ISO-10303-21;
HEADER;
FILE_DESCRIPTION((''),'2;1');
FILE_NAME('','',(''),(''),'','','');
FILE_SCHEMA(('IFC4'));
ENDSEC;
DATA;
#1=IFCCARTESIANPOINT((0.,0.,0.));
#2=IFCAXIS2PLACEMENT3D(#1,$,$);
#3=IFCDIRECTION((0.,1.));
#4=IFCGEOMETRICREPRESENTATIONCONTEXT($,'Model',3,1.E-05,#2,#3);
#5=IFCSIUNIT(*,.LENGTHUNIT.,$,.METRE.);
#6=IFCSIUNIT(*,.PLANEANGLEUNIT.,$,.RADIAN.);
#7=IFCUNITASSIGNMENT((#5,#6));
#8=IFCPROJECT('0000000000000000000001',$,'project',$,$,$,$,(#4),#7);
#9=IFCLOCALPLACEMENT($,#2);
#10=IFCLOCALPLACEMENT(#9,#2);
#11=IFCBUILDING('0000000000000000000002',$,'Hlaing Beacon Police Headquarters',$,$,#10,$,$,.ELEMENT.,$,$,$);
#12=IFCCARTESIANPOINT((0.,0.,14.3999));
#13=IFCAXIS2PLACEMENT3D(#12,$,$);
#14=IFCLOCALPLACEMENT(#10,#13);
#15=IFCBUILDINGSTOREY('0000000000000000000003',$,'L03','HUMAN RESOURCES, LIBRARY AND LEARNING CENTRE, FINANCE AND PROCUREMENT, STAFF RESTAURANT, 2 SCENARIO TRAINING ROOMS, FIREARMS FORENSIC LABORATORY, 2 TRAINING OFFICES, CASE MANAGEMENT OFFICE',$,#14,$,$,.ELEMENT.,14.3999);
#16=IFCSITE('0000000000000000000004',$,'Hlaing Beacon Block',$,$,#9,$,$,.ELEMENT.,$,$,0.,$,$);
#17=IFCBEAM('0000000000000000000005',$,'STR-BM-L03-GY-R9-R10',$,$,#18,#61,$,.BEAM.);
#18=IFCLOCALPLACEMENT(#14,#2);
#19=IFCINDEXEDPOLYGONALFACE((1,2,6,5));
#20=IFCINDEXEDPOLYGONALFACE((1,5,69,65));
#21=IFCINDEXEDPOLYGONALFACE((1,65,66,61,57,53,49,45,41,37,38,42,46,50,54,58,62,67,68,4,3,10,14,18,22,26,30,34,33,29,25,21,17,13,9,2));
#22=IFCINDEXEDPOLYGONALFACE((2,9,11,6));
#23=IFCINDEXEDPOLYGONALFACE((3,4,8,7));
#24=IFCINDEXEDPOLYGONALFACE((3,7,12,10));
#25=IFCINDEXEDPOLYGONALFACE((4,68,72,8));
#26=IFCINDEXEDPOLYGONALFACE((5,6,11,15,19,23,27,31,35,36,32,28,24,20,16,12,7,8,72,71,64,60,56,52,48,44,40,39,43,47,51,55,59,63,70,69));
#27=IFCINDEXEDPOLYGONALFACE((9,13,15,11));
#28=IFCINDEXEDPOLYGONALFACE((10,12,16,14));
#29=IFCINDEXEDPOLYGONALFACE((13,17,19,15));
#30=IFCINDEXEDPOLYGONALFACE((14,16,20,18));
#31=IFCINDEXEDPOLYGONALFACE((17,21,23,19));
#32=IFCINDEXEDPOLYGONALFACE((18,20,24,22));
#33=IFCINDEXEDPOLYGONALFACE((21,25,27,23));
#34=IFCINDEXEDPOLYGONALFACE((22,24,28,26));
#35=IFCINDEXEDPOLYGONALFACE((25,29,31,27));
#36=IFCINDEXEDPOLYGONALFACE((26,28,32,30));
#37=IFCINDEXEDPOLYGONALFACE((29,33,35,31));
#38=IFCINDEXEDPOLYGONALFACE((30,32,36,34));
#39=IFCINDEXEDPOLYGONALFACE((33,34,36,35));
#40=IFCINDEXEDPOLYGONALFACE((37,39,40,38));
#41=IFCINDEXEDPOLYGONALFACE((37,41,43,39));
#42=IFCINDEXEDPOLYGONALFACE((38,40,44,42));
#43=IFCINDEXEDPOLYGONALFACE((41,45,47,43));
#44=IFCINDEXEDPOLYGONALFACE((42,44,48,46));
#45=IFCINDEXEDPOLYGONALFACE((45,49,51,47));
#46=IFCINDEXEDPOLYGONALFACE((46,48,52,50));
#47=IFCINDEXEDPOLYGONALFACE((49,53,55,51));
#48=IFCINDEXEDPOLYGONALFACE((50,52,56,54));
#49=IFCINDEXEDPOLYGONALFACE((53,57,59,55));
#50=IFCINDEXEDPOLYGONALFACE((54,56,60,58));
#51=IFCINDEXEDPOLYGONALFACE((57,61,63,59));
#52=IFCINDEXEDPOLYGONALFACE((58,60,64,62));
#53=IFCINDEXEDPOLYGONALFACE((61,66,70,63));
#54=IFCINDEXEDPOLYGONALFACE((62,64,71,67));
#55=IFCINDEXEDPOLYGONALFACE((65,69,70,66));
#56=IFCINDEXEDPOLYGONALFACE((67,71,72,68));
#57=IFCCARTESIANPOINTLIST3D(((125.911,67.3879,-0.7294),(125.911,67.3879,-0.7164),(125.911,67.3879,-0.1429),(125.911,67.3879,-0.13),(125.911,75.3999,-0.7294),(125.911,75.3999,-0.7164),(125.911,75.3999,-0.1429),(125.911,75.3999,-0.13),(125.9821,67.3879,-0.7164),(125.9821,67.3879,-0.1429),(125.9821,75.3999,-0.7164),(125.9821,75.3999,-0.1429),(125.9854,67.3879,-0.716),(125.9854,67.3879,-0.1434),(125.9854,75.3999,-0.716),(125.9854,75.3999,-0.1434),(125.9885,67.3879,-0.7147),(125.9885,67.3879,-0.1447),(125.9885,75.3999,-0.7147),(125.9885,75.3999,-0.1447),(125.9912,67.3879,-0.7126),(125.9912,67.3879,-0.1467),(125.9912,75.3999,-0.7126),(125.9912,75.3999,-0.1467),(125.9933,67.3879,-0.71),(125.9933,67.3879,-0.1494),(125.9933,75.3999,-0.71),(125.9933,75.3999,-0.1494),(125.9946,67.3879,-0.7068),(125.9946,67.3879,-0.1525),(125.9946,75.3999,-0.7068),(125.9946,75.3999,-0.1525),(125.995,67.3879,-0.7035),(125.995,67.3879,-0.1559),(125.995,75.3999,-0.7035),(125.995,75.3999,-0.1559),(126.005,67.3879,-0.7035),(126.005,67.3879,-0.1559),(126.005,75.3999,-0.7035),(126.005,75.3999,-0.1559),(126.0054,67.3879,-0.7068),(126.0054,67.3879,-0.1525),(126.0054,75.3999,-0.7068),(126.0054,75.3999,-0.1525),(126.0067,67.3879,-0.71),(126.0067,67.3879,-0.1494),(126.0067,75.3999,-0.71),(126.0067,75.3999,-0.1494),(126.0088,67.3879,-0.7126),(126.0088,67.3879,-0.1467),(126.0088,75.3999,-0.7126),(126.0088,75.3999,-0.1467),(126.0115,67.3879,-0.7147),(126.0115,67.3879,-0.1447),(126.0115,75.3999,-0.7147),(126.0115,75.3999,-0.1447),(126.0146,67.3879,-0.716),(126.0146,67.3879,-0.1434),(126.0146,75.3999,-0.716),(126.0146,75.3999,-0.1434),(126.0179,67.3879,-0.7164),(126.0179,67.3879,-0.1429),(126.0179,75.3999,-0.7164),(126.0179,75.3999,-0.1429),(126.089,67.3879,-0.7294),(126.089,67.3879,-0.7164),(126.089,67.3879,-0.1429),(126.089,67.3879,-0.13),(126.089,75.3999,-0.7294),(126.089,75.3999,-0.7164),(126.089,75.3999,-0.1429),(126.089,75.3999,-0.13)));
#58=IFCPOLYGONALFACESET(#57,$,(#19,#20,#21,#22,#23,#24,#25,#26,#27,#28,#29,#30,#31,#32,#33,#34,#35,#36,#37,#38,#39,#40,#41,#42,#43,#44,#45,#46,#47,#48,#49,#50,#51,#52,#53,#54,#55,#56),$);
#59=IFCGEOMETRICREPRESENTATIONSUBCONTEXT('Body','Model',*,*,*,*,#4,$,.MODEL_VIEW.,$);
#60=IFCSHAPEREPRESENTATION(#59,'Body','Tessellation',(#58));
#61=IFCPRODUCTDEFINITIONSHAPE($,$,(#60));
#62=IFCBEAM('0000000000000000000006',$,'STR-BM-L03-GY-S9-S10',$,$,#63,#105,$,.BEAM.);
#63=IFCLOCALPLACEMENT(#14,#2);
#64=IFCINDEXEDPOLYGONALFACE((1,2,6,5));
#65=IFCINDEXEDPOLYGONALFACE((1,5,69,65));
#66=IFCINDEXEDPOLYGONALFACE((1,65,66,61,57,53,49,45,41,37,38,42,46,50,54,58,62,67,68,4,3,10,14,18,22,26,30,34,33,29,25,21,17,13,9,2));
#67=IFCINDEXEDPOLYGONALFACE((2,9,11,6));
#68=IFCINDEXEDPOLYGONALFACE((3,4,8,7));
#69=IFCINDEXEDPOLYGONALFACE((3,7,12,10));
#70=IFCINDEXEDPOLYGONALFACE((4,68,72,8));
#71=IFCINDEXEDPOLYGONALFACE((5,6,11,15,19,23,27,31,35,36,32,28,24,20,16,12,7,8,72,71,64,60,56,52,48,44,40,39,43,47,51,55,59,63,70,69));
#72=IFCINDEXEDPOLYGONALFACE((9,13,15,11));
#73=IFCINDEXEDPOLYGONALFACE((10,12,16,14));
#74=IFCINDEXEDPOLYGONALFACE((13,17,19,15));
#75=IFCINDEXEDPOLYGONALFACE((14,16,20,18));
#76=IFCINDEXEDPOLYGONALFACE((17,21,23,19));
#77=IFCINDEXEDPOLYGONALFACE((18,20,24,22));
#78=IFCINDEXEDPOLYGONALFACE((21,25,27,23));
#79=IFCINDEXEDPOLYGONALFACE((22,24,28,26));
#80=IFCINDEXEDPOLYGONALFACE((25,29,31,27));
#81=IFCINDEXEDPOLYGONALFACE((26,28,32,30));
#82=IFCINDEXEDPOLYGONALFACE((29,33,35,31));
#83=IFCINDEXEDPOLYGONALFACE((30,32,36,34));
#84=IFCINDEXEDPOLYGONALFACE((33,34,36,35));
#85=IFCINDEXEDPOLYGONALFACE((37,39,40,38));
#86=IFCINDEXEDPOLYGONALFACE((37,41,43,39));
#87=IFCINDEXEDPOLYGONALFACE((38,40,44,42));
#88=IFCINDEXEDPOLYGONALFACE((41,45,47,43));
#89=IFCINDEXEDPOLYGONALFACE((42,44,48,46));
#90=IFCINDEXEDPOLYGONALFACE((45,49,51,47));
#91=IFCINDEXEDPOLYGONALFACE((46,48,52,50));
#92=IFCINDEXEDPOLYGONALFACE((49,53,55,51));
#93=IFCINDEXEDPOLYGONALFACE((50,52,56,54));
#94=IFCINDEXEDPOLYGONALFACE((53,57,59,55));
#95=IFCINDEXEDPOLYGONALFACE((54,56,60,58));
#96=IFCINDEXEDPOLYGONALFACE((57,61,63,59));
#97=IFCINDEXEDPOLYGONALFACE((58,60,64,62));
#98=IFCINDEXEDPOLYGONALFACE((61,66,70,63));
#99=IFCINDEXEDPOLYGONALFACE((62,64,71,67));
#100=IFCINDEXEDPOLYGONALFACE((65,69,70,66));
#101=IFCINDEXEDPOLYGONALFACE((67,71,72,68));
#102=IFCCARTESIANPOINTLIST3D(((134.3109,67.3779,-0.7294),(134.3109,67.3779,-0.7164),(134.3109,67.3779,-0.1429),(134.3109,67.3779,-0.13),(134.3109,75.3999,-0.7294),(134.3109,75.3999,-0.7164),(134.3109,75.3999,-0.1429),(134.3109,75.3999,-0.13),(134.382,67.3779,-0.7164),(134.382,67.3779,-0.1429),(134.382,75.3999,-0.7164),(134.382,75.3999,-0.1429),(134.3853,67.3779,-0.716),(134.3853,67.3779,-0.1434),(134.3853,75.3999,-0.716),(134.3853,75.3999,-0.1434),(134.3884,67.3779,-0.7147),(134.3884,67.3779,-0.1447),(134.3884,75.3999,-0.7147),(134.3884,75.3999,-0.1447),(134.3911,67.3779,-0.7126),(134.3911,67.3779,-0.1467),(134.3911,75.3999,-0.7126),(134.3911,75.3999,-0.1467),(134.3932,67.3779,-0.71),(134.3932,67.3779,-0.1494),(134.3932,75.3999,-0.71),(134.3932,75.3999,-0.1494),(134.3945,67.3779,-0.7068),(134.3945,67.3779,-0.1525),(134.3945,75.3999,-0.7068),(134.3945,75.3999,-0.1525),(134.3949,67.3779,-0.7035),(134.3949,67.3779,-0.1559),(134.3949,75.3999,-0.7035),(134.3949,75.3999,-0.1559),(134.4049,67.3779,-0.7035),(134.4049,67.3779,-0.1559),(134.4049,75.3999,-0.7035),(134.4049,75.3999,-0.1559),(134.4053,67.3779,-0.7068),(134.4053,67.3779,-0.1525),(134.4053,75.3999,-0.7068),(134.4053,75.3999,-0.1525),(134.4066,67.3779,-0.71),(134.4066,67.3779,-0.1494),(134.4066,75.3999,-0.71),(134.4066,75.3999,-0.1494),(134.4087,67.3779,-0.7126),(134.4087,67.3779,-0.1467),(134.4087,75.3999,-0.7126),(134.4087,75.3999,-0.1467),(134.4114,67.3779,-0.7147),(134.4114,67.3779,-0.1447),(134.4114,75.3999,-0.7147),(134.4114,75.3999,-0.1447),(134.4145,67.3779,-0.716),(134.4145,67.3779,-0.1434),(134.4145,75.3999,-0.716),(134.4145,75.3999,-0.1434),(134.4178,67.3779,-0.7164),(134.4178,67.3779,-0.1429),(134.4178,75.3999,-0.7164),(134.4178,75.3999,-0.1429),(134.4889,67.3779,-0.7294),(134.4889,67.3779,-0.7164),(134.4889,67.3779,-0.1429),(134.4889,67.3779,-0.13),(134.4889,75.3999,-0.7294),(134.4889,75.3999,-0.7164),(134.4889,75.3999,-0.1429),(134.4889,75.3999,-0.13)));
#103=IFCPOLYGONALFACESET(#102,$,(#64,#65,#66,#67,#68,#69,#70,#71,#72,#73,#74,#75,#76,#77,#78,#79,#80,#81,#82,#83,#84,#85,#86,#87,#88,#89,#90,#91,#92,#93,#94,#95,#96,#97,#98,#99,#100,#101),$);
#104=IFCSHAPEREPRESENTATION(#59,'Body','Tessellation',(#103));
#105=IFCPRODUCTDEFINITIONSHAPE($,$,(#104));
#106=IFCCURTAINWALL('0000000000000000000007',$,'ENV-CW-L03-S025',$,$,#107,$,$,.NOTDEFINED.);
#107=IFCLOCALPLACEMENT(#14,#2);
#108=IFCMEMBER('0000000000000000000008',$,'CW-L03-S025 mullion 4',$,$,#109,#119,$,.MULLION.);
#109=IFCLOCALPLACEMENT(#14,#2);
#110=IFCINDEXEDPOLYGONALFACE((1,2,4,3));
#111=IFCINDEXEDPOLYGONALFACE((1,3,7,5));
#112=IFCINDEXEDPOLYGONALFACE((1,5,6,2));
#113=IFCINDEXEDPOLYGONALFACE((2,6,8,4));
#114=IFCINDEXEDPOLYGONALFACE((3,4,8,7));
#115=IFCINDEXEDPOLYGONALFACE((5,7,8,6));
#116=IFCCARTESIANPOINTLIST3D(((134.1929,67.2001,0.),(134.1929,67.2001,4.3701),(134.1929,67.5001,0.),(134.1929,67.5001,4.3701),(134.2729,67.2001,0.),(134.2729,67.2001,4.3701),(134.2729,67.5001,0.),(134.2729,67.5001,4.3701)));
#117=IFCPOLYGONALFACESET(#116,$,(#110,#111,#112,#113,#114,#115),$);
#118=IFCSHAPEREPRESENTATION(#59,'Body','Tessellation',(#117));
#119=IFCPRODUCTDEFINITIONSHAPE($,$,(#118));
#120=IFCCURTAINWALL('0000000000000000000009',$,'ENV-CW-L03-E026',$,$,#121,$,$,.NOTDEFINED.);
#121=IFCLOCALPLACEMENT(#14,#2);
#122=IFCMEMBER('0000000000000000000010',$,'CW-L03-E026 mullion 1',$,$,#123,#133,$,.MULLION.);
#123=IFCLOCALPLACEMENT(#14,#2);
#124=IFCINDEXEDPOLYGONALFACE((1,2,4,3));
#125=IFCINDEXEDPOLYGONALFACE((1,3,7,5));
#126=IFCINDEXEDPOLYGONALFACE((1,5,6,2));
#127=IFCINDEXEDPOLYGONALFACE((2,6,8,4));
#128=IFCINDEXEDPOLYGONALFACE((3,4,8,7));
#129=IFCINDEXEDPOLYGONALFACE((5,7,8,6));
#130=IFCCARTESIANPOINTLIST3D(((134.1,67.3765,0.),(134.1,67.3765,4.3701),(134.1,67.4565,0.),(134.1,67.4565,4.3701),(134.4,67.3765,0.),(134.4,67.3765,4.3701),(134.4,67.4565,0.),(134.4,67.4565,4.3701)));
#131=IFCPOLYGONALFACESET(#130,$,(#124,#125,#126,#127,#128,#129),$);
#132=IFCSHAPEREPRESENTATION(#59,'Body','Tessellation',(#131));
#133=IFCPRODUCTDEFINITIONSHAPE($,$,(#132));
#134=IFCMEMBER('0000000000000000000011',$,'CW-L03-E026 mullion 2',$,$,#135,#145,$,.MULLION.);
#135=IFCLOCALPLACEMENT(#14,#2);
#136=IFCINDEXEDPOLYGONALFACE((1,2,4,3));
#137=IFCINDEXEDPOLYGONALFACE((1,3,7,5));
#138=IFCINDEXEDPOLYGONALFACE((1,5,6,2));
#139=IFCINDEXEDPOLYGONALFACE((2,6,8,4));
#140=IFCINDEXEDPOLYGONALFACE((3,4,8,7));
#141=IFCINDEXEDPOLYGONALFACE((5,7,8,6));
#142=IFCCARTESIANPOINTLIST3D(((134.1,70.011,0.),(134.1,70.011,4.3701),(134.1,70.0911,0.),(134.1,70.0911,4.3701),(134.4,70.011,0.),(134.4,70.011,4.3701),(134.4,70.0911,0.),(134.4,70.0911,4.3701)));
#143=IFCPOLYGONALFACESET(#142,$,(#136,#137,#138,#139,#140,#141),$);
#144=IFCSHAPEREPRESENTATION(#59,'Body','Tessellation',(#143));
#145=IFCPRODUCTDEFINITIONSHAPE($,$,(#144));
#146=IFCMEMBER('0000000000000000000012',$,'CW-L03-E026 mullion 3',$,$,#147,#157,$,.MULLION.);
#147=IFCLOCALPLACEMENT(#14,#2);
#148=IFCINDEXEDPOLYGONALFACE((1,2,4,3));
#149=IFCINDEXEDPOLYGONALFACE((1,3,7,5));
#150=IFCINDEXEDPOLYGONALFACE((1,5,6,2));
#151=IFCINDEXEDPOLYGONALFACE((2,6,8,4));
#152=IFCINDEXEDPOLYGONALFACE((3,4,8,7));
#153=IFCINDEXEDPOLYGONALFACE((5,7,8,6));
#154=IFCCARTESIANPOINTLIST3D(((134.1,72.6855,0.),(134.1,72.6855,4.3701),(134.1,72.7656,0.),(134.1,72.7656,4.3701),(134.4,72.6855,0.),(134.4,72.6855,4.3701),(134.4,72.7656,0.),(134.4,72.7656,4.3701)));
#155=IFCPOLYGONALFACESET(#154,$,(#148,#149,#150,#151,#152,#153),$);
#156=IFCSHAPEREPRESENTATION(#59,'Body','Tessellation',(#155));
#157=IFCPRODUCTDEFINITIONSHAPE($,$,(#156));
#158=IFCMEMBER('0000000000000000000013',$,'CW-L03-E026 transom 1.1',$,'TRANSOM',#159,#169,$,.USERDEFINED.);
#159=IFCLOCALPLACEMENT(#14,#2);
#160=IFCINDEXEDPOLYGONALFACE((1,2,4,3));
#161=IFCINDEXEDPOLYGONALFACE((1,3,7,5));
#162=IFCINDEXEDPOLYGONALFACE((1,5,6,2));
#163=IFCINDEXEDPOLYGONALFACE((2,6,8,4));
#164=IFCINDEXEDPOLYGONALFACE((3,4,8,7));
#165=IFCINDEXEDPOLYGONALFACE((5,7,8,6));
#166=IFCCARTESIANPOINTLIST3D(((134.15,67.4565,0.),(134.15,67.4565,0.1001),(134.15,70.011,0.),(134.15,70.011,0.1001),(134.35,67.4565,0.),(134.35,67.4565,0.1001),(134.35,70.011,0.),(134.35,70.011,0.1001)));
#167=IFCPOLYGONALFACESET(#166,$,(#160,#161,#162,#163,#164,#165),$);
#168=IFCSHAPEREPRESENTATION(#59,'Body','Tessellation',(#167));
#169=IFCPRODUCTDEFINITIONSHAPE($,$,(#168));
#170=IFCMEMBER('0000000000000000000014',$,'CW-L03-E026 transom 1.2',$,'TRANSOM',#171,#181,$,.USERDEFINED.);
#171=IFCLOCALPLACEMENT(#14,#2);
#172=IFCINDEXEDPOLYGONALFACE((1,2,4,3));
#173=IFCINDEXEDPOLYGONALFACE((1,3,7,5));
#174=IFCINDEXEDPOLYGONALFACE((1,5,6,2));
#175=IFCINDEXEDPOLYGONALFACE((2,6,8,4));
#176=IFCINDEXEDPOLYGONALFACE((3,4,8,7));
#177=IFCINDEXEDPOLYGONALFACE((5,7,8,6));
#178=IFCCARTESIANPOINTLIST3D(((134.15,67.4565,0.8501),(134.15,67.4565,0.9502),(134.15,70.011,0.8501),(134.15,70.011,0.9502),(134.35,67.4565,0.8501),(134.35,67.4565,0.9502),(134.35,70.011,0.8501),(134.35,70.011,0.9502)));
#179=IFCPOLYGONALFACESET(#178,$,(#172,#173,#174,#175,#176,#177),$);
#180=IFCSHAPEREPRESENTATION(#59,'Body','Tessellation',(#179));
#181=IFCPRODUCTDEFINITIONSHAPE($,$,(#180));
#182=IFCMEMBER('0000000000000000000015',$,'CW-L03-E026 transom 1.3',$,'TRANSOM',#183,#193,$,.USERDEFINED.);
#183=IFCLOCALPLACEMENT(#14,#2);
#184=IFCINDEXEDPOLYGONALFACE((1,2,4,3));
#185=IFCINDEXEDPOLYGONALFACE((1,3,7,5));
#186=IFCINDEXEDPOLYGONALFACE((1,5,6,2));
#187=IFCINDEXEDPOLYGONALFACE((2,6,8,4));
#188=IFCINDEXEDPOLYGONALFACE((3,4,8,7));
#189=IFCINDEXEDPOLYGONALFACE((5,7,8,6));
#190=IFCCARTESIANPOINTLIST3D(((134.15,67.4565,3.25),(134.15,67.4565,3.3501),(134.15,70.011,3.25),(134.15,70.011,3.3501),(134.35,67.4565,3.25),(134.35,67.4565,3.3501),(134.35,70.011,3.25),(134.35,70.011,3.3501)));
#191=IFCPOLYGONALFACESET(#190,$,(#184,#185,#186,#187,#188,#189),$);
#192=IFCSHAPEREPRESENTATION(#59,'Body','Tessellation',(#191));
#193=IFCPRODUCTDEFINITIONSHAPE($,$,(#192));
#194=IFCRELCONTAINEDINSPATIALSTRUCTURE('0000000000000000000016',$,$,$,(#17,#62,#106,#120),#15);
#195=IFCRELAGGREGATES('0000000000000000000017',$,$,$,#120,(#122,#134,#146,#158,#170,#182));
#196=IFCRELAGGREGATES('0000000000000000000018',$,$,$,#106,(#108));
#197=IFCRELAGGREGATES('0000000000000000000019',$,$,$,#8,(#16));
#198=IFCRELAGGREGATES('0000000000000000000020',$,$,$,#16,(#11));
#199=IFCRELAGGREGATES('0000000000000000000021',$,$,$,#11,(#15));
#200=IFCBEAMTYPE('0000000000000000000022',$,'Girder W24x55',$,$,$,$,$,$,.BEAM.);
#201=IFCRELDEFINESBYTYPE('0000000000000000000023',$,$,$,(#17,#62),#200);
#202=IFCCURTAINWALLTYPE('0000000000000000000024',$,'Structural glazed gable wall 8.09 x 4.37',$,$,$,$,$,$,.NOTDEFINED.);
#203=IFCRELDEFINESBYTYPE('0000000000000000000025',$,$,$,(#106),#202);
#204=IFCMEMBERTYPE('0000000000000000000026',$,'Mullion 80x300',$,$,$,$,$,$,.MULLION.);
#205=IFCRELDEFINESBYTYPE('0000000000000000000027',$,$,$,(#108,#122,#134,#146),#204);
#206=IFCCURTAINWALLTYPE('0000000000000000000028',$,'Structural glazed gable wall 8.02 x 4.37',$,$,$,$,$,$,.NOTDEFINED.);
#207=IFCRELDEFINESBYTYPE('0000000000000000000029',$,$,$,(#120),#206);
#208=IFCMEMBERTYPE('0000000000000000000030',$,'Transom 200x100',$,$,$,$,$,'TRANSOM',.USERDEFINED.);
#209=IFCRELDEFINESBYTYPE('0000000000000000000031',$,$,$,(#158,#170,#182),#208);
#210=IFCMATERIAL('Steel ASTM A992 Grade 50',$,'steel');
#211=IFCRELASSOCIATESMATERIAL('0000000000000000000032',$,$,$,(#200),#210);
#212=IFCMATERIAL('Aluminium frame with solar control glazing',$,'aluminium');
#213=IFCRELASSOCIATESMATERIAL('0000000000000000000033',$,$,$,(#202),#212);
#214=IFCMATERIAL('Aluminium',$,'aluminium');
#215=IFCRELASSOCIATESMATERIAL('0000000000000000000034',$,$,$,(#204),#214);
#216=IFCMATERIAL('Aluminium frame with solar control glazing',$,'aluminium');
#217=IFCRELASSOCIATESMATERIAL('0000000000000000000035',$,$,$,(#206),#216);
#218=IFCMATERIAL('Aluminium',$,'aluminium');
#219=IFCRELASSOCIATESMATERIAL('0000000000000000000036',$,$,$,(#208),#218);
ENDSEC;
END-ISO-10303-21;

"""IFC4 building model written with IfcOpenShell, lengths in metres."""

from ifc_helpers import new_model, si_unit, direction, frame, origin, origin_2d, place, context, subcontext, project, spatial, rectangle, i_section, extrude, material, material_profile, profile_set, type_object, element, aggregate, save


model = new_model("IFC4")

# Units and contexts
model_context = context("Model", 3, precision=1e-05, world=origin(), true_north=direction((0.0, 1.0)))
body_context = subcontext(model_context, "Body", "Model", "MODEL_VIEW")
ifc_project = project(units=[si_unit("LENGTHUNIT", "METRE"), si_unit("PLANEANGLEUNIT", "RADIAN")], contexts=[model_context])

# Site, building, storey
site_placement = place(None, origin())
site = spatial("IfcSite", under=ifc_project, at=site_placement, Name="Hlaing Beacon Block", CompositionType="ELEMENT", RefElevation=0.0)
building_placement = place(site_placement, origin())
building = spatial("IfcBuilding", under=site, at=building_placement, Name="Hlaing Beacon Police Headquarters", CompositionType="ELEMENT")
storey_placement = place(building_placement, frame((0.0, 0.0, 14.3999)))
storey = spatial("IfcBuildingStorey", under=building, at=storey_placement, Name="L03", Description="HUMAN RESOURCES, LIBRARY AND LEARNING CENTRE, FINANCE AND PROCUREMENT, STAFF RESTAURANT, 2 SCENARIO TRAINING ROOMS, FIREARMS FORENSIC LABORATORY, 2 TRAINING OFFICES, CASE MANAGEMENT OFFICE", CompositionType="ELEMENT", Elevation=14.3999)

# Beams
ifc_material_1 = material(Name="Steel ASTM A992 Grade 50", Category="steel")
ifc_material_profile_1 = material_profile(ifc_material_1, i_section(OverallWidth=0.178, OverallDepth=0.5994, WebThickness=0.01, FlangeThickness=0.0129, FilletRadius=0.0129, at=origin_2d()), Name="W24x55")
ifc_profile_set_1 = profile_set([ifc_material_profile_1], Name="Steel ASTM A992 Grade 50")
beam_type = type_object("IfcBeamType", Name="Girder W24x55", PredefinedType="BEAM", material=ifc_profile_set_1)
beam_1_placement = place(storey_placement, frame((126.0, 67.3879, -0.4297), z_axis=(0.0, 1.0, 0.0), x_axis=(-1.0, 0.0, 0.0)))
element("IfcBeam", 1, at=beam_1_placement, inside=storey, type_object=beam_type, Name="STR-BM-L03-GY-R9-R10", PredefinedType="BEAM", context=body_context, shape_type="SweptSolid", body=[
    extrude(i_section(OverallWidth=0.178, OverallDepth=0.5994, WebThickness=0.01, FlangeThickness=0.0129, FilletRadius=0.0129, at=origin_2d()), origin(), (0.0, 0.0, 1.0), 8.012),
])
beam_2_placement = place(storey_placement, frame((134.3999, 67.3779, -0.4297), z_axis=(0.0, 1.0, 0.0), x_axis=(-1.0, 0.0, 0.0)))
element("IfcBeam", 2, at=beam_2_placement, inside=storey, type_object=beam_type, Name="STR-BM-L03-GY-S9-S10", PredefinedType="BEAM", context=body_context, shape_type="SweptSolid", body=[
    extrude(i_section(OverallWidth=0.178, OverallDepth=0.5994, WebThickness=0.01, FlangeThickness=0.0129, FilletRadius=0.0129, at=origin_2d()), origin(), (0.0, 0.0, 1.0), 8.022),
])

# Curtain wall, member
ifc_material_2 = material(Name="Aluminium frame with solar control glazing", Category="aluminium")
curtain_wall_type_1 = type_object("IfcCurtainWallType", Name="Structural glazed gable wall 8.09 x 4.37", PredefinedType="NOTDEFINED", material=ifc_material_2)
curtain_wall_1_placement = place(storey_placement, origin())
curtain_wall_1 = element("IfcCurtainWall", 3, at=curtain_wall_1_placement, inside=storey, type_object=curtain_wall_type_1, Name="ENV-CW-L03-S025", PredefinedType="NOTDEFINED")
ifc_material_3 = material(Name="Aluminium", Category="aluminium")
ifc_material_profile_2 = material_profile(ifc_material_3, rectangle(XDim=0.3, YDim=0.0801, at=origin_2d()), Name="Mullion 80x300")
ifc_profile_set_2 = profile_set([ifc_material_profile_2], Name="Aluminium")
member_type_1 = type_object("IfcMemberType", Name="Mullion 80x300", PredefinedType="MULLION", material=ifc_profile_set_2)
member_1_placement = place(storey_placement, frame((134.2329, 67.3501, 0.0), z_axis=(0.0, 0.0, 1.0), x_axis=(0.0, 1.0, 0.0)))
member_1 = element("IfcMember", 4, at=member_1_placement, type_object=member_type_1, Name="CW-L03-S025 mullion 4", PredefinedType="MULLION", context=body_context, shape_type="SweptSolid", body=[
    extrude(rectangle(XDim=0.3, YDim=0.0801, at=origin_2d()), origin(), (0.0, 0.0, 1.0), 4.3701),
])

# Curtain wall, members
ifc_material_4 = material(Name="Aluminium frame with solar control glazing", Category="aluminium")
curtain_wall_type_2 = type_object("IfcCurtainWallType", Name="Structural glazed gable wall 8.02 x 4.37", PredefinedType="NOTDEFINED", material=ifc_material_4)
curtain_wall_2_placement = place(storey_placement, origin())
curtain_wall_2 = element("IfcCurtainWall", 5, at=curtain_wall_2_placement, inside=storey, type_object=curtain_wall_type_2, Name="ENV-CW-L03-E026", PredefinedType="NOTDEFINED")
member_2_placement = place(storey_placement, frame((134.25, 67.4165, 0.0), z_axis=(0.0, 0.0, 1.0), x_axis=(-1.0, 0.0, 0.0)))
member_2 = element("IfcMember", 6, at=member_2_placement, type_object=member_type_1, Name="CW-L03-E026 mullion 1", PredefinedType="MULLION", context=body_context, shape_type="SweptSolid", body=[
    extrude(rectangle(XDim=0.3, YDim=0.0801, at=origin_2d()), origin(), (0.0, 0.0, 1.0), 4.3701),
])
member_3_placement = place(storey_placement, frame((134.25, 70.051, 0.0), z_axis=(0.0, 0.0, 1.0), x_axis=(-1.0, 0.0, 0.0)))
member_3 = element("IfcMember", 7, at=member_3_placement, type_object=member_type_1, Name="CW-L03-E026 mullion 2", PredefinedType="MULLION", context=body_context, shape_type="SweptSolid", body=[
    extrude(rectangle(XDim=0.3, YDim=0.0801, at=origin_2d()), origin(), (0.0, 0.0, 1.0), 4.3701),
])
member_4_placement = place(storey_placement, frame((134.25, 72.7256, 0.0), z_axis=(0.0, 0.0, 1.0), x_axis=(-1.0, 0.0, 0.0)))
member_4 = element("IfcMember", 8, at=member_4_placement, type_object=member_type_1, Name="CW-L03-E026 mullion 3", PredefinedType="MULLION", context=body_context, shape_type="SweptSolid", body=[
    extrude(rectangle(XDim=0.3, YDim=0.0801, at=origin_2d()), origin(), (0.0, 0.0, 1.0), 4.3701),
])
ifc_material_5 = material(Name="Aluminium", Category="aluminium")
ifc_material_profile_3 = material_profile(ifc_material_5, rectangle(XDim=0.2, YDim=0.1001, at=origin_2d()), Name="Transom 200x100")
ifc_profile_set_3 = profile_set([ifc_material_profile_3], Name="Aluminium")
member_type_2 = type_object("IfcMemberType", Name="Transom 200x100", ElementType="TRANSOM", PredefinedType="USERDEFINED", material=ifc_profile_set_3)
member_5_placement = place(storey_placement, frame((134.25, 67.4565, 0.05), z_axis=(0.0, 1.0, 0.0), x_axis=(-1.0, 0.0, 0.0)))
member_5 = element("IfcMember", 9, at=member_5_placement, type_object=member_type_2, Name="CW-L03-E026 transom 1.1", ObjectType="TRANSOM", PredefinedType="USERDEFINED", context=body_context, shape_type="SweptSolid", body=[
    extrude(rectangle(XDim=0.2, YDim=0.1001, at=origin_2d()), origin(), (0.0, 0.0, 1.0), 2.5544),
])
member_6_placement = place(storey_placement, frame((134.25, 67.4565, 0.9001), z_axis=(0.0, 1.0, 0.0), x_axis=(-1.0, 0.0, 0.0)))
member_6 = element("IfcMember", 10, at=member_6_placement, type_object=member_type_2, Name="CW-L03-E026 transom 1.2", ObjectType="TRANSOM", PredefinedType="USERDEFINED", context=body_context, shape_type="SweptSolid", body=[
    extrude(rectangle(XDim=0.2, YDim=0.1001, at=origin_2d()), origin(), (0.0, 0.0, 1.0), 2.5544),
])
member_7_placement = place(storey_placement, frame((134.25, 67.4565, 3.3), z_axis=(0.0, 1.0, 0.0), x_axis=(-1.0, 0.0, 0.0)))
member_7 = element("IfcMember", 11, at=member_7_placement, type_object=member_type_2, Name="CW-L03-E026 transom 1.3", ObjectType="TRANSOM", PredefinedType="USERDEFINED", context=body_context, shape_type="SweptSolid", body=[
    extrude(rectangle(XDim=0.2, YDim=0.1001, at=origin_2d()), origin(), (0.0, 0.0, 1.0), 2.5544),
])

aggregate(curtain_wall_2, [member_2, member_3, member_4, member_5, member_6, member_7])
aggregate(curtain_wall_1, [member_1])

save(model, "model.ifc")
